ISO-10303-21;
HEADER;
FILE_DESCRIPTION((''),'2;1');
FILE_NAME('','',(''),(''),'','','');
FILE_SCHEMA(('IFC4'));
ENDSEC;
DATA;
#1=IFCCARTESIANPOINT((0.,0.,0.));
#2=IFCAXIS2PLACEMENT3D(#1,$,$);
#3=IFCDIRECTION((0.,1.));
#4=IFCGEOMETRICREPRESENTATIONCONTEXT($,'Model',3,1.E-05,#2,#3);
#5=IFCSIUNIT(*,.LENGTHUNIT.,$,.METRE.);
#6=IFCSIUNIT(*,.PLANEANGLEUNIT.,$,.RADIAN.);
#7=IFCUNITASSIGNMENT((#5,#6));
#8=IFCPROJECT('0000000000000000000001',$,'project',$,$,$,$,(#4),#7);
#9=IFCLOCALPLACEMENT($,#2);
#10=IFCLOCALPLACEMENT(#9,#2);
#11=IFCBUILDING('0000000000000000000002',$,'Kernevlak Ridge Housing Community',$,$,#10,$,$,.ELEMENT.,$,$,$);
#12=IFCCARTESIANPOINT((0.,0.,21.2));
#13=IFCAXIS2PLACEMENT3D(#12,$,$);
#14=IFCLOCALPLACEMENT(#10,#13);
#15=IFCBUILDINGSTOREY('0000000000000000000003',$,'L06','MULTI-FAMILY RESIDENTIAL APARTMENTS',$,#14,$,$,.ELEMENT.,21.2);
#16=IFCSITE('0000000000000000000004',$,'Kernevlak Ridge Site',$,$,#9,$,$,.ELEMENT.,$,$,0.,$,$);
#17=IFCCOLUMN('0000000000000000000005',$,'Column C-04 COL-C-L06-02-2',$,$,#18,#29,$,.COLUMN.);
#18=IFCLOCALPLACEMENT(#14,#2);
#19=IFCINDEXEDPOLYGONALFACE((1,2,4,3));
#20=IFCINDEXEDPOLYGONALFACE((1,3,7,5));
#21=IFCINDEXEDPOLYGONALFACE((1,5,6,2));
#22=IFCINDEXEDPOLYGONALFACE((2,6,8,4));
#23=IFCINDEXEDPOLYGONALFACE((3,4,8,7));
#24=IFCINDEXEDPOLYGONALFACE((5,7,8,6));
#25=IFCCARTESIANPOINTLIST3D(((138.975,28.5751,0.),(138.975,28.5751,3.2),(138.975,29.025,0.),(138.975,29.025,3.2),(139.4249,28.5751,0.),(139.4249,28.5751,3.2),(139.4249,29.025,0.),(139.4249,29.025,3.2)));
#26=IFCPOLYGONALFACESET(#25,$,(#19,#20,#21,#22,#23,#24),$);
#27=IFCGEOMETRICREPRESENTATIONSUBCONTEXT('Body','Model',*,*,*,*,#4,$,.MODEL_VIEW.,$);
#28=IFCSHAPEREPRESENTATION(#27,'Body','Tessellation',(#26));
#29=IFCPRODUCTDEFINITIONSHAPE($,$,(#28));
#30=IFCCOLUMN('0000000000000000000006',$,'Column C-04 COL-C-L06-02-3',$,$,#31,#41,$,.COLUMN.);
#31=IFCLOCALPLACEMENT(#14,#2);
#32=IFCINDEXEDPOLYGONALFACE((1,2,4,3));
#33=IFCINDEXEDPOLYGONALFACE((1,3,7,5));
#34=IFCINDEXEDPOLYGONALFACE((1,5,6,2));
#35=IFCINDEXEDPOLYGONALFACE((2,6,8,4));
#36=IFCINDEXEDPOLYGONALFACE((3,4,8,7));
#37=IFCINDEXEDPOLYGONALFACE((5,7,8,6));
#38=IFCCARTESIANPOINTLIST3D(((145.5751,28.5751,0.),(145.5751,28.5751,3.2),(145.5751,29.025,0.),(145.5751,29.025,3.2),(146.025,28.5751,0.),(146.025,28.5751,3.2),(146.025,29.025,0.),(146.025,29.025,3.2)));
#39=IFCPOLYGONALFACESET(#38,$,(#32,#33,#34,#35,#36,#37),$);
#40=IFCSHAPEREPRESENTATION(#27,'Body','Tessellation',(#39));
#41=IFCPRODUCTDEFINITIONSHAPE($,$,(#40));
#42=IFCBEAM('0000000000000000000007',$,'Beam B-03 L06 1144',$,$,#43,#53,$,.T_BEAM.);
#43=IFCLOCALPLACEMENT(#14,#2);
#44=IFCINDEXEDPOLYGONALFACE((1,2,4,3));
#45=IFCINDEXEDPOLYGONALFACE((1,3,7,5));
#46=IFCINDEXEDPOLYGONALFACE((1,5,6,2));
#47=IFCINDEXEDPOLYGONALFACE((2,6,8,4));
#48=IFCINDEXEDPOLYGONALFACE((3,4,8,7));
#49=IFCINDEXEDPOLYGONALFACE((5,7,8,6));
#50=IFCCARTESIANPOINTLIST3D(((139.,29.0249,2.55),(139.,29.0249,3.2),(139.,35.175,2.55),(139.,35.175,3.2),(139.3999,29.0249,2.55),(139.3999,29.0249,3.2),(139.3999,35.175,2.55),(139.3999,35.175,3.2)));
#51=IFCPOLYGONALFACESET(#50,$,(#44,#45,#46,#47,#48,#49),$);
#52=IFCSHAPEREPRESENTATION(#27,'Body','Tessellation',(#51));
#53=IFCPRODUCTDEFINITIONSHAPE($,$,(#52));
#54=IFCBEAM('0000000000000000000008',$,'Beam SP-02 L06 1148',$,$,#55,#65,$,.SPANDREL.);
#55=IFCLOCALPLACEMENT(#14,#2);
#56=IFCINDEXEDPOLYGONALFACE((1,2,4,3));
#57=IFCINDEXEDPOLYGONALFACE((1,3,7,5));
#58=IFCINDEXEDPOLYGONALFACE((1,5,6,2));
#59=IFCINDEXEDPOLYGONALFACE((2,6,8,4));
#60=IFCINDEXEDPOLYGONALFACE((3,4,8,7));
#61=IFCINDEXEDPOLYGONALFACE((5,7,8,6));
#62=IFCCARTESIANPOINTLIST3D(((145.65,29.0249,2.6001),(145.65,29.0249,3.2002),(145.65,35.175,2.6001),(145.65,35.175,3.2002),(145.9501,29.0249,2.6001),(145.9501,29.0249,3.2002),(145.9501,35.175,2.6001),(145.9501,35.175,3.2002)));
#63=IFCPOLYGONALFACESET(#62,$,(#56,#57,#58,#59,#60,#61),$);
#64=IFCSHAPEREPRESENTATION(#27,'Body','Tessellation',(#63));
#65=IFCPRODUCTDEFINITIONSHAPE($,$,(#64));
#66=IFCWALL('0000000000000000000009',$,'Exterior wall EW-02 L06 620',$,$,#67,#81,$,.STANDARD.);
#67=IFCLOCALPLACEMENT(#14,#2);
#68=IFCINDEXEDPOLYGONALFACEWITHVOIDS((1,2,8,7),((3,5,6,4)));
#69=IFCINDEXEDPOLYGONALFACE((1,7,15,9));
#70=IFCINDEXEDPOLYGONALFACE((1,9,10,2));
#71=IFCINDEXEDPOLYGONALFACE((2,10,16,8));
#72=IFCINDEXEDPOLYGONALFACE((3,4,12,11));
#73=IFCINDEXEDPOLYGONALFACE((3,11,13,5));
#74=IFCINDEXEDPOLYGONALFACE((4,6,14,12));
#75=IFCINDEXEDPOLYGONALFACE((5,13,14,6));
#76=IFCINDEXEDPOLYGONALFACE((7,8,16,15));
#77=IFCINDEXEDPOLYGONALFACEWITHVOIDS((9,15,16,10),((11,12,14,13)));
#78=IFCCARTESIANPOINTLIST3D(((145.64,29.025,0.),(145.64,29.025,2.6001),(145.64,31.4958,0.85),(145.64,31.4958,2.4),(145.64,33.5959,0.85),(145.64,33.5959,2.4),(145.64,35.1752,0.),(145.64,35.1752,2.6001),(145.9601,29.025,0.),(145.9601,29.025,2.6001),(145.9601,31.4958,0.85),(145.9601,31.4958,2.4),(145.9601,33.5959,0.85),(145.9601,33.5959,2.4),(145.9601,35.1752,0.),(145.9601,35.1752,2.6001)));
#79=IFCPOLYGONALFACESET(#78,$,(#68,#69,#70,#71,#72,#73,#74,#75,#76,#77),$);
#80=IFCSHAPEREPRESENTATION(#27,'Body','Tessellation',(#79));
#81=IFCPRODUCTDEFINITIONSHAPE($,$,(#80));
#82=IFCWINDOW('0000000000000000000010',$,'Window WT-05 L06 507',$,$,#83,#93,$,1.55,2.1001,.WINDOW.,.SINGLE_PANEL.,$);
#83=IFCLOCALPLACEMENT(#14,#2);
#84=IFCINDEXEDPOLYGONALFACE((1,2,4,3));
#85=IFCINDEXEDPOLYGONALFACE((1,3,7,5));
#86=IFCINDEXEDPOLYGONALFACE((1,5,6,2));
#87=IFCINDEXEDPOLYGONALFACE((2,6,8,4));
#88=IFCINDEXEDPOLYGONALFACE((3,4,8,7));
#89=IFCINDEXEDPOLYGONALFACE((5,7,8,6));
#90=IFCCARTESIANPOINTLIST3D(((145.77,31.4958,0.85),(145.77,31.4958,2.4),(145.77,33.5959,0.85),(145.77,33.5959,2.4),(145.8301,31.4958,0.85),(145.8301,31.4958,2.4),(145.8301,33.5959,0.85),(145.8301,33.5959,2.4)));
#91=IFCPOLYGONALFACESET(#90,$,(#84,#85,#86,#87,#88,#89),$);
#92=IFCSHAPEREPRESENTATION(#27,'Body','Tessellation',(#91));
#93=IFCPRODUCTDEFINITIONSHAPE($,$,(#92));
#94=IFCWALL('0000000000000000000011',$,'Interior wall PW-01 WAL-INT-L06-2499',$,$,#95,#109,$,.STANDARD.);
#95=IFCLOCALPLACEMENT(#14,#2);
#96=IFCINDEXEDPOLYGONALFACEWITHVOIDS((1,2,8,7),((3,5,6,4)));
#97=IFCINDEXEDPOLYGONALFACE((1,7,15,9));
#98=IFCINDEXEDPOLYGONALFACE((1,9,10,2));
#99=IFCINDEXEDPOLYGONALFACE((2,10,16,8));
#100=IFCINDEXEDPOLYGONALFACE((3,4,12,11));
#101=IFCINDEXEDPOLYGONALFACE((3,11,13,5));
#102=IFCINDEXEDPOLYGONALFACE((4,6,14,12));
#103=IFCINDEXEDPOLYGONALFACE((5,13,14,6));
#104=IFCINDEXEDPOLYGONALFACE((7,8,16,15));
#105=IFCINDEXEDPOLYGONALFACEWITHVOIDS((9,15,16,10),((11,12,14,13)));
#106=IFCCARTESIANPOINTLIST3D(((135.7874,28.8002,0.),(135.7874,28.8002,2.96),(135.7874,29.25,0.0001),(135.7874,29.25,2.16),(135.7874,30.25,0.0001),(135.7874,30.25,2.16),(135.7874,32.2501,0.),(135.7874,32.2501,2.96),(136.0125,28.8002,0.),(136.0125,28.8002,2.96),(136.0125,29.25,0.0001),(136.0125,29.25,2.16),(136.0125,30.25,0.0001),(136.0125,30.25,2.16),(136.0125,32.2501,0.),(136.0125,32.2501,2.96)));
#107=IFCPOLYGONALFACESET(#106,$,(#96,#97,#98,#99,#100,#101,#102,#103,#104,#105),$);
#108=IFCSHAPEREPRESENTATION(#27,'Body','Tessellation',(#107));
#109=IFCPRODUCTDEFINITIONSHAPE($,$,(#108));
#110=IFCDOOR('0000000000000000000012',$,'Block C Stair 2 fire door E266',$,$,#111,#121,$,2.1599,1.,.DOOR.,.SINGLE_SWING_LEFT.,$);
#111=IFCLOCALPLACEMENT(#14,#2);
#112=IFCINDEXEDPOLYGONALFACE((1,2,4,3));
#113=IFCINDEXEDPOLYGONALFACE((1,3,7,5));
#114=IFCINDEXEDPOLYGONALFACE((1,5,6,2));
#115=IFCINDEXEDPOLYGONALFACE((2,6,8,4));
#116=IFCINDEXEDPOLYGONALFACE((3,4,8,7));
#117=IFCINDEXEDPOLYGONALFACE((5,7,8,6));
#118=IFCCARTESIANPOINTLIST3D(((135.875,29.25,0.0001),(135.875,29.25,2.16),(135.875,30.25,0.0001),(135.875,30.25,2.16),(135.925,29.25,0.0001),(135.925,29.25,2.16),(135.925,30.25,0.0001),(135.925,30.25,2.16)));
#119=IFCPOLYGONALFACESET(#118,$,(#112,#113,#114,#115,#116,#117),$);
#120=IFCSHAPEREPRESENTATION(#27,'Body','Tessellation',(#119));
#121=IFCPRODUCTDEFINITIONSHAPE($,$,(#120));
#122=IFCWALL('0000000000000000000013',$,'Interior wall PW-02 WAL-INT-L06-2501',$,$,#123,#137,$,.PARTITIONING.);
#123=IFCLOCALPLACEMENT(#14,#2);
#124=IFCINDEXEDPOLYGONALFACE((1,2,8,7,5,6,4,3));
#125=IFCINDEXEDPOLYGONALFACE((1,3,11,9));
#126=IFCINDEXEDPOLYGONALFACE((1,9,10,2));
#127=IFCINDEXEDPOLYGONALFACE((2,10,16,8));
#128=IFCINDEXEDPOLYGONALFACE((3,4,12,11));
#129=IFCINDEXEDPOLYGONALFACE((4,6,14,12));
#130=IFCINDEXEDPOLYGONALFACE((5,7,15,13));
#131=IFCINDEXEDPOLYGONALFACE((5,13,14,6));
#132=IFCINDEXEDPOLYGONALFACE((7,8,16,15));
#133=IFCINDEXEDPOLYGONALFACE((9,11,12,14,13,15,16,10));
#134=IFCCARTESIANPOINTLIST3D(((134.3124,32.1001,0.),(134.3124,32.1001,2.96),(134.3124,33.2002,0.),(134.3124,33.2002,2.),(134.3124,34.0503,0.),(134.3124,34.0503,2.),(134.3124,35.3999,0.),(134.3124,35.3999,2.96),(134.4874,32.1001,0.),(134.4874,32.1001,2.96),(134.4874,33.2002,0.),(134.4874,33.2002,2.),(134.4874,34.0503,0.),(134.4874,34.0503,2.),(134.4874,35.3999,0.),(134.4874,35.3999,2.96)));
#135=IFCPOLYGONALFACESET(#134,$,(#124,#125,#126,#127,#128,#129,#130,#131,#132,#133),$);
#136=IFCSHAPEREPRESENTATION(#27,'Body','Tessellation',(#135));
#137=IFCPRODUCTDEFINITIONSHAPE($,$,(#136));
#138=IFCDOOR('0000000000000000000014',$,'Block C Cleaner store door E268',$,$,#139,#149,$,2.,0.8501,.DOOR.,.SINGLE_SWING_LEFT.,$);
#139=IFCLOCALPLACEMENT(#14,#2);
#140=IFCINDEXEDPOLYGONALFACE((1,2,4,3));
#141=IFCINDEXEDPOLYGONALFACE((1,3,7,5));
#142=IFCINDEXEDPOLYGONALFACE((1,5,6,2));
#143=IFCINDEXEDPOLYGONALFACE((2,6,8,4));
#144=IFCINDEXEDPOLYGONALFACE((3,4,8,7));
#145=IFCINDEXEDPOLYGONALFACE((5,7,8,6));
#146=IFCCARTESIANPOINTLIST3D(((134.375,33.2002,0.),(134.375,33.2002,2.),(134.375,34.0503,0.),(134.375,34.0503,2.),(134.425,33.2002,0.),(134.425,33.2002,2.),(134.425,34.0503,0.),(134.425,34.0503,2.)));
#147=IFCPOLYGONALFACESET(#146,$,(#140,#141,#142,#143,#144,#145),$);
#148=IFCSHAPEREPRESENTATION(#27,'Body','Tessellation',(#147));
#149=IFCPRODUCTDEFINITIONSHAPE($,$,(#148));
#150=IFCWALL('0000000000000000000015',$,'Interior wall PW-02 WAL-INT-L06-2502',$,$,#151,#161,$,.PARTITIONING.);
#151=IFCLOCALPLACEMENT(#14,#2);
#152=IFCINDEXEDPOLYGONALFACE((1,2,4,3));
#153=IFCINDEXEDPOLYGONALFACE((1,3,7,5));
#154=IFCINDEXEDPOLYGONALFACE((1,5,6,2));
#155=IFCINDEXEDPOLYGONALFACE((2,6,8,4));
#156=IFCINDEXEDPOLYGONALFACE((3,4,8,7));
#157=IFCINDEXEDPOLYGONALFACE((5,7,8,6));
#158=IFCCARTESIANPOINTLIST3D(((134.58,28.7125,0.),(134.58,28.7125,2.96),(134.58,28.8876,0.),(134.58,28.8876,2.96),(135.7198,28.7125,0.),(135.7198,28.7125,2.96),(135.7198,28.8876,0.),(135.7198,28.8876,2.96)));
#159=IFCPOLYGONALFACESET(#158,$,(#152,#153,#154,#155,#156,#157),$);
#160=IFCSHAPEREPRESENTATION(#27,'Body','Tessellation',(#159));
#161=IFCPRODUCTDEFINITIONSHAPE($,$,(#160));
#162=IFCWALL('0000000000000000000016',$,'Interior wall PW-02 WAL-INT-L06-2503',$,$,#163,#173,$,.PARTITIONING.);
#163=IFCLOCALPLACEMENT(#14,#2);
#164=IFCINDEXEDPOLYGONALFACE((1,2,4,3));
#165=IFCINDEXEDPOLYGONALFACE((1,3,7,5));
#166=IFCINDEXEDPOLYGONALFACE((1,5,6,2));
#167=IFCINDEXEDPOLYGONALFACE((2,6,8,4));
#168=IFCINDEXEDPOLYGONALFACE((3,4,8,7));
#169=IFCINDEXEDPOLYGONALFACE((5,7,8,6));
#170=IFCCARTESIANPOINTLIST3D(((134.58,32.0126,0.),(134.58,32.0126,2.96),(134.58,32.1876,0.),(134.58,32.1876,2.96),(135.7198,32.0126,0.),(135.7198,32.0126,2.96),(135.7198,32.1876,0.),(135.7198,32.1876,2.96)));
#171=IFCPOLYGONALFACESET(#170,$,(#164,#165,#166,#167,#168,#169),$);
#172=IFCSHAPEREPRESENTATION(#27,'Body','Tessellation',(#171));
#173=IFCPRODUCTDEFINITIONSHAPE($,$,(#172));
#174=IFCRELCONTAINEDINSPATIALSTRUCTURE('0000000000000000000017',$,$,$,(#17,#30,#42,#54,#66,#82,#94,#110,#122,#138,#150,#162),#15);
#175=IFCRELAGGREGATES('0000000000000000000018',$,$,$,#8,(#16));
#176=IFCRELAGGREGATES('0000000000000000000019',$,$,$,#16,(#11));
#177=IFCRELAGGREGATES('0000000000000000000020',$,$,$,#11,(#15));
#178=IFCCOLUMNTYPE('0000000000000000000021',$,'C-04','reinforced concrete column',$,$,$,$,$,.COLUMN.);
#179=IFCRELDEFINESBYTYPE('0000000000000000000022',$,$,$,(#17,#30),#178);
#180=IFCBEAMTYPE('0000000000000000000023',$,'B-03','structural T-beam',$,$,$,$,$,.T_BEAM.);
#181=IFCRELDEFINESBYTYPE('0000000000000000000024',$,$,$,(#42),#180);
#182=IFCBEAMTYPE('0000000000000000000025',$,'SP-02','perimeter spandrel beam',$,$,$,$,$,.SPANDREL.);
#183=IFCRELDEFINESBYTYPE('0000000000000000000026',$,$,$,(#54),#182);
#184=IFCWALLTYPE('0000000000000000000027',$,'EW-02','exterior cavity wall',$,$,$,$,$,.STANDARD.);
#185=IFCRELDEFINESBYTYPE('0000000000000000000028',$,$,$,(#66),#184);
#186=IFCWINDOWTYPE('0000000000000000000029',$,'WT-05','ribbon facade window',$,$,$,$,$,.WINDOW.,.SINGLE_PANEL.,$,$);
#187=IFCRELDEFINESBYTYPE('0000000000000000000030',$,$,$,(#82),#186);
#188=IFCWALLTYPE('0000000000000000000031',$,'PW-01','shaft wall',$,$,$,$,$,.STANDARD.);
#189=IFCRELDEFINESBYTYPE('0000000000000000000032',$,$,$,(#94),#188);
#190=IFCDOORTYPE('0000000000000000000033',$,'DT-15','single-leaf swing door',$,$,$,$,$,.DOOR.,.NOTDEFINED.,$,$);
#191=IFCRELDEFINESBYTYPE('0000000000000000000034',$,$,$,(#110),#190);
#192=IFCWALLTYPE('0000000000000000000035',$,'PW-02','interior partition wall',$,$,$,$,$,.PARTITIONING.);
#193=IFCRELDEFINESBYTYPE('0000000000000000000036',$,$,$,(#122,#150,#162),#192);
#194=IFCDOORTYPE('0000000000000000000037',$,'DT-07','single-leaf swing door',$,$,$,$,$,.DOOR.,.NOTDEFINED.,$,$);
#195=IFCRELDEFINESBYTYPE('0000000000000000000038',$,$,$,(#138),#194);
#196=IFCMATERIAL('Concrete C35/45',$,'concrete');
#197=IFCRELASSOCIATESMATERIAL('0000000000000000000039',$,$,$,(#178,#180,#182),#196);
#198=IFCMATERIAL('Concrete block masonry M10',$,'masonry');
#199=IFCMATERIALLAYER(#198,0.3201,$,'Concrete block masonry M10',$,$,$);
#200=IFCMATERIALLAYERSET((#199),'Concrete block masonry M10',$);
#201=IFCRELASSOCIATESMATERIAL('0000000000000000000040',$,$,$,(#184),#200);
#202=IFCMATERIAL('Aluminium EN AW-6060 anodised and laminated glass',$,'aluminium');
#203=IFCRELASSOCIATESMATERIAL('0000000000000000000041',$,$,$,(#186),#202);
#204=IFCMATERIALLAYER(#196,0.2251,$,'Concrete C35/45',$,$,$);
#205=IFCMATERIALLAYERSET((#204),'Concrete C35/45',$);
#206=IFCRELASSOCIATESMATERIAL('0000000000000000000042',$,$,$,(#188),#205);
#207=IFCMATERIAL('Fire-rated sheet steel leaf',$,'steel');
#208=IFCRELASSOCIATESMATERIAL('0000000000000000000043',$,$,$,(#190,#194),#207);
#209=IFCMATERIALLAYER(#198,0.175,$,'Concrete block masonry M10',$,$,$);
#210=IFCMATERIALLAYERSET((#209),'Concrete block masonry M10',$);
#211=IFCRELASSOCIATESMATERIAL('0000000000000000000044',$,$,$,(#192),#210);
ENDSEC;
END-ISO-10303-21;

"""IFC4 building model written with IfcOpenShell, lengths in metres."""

from ifc_helpers import new_model, si_unit, direction, frame, frame_2d, origin, origin_2d, place, context, subcontext, project, spatial, rectangle, extrude, material, layer, layer_set, material_profile, profile_set, type_object, element, fill, save


model = new_model("IFC4")

# Units and contexts
model_context = context("Model", 3, precision=1e-05, world=origin(), true_north=direction((0.0, 1.0)))
body_context = subcontext(model_context, "Body", "Model", "MODEL_VIEW")
ifc_project = project(units=[si_unit("LENGTHUNIT", "METRE"), si_unit("PLANEANGLEUNIT", "RADIAN")], contexts=[model_context])

# Site, building, storey
site_placement = place(None, origin())
site = spatial("IfcSite", under=ifc_project, at=site_placement, Name="Kernevlak Ridge Site", CompositionType="ELEMENT", RefElevation=0.0)
building_placement = place(site_placement, origin())
building = spatial("IfcBuilding", under=site, at=building_placement, Name="Kernevlak Ridge Housing Community", CompositionType="ELEMENT")
storey_placement = place(building_placement, frame((0.0, 0.0, 21.2)))
storey = spatial("IfcBuildingStorey", under=building, at=storey_placement, Name="L06", Description="MULTI-FAMILY RESIDENTIAL APARTMENTS", CompositionType="ELEMENT", Elevation=21.2)

# Columns
ifc_material_1 = material(Name="Concrete C35/45", Category="concrete")
ifc_material_profile_1 = material_profile(ifc_material_1, rectangle(XDim=0.45, YDim=0.45, at=origin_2d()), Name="RC 450x450")
ifc_profile_set_1 = profile_set([ifc_material_profile_1], Name="Concrete C35/45")
column_type = type_object("IfcColumnType", Name="C-04", Description="reinforced concrete column", PredefinedType="COLUMN", material=ifc_profile_set_1)
for number, where, z_axis, x_axis, name in (
    (1, (139.2, 28.8, 0.0), (0.0, 0.0, 1.0), (1.0, 0.0, 0.0), "Column C-04 COL-C-L06-02-2"),
    (2, (145.8, 28.8, 0.0), (0.0, 0.0, 1.0), (1.0, 0.0, 0.0), "Column C-04 COL-C-L06-02-3"),
):
    element("IfcColumn", number, at=place(storey_placement, frame(where, z_axis=z_axis, x_axis=x_axis)), inside=storey, type_object=column_type, Name=name, PredefinedType="COLUMN", context=body_context, shape_type="SweptSolid", body=[
        extrude(rectangle(XDim=0.45, YDim=0.45, at=origin_2d()), origin(), (0.0, 0.0, 1.0), 3.2),
    ])

# Beams
ifc_material_profile_2 = material_profile(ifc_material_1, rectangle(XDim=0.3999, YDim=0.6499, at=origin_2d()), Name="RC 400x650")
ifc_profile_set_2 = profile_set([ifc_material_profile_2], Name="Concrete C35/45")
beam_type_1 = type_object("IfcBeamType", Name="B-03", Description="structural T-beam", PredefinedType="T_BEAM", material=ifc_profile_set_2)
beam_1_placement = place(storey_placement, frame((139.2, 29.0249, 2.875), z_axis=(0.0, 1.0, 0.0), x_axis=(-1.0, 0.0, 0.0)))
element("IfcBeam", 3, at=beam_1_placement, inside=storey, type_object=beam_type_1, Name="Beam B-03 L06 1144", PredefinedType="T_BEAM", context=body_context, shape_type="SweptSolid", body=[
    extrude(rectangle(XDim=0.3999, YDim=0.6499, at=origin_2d()), origin(), (0.0, 0.0, 1.0), 6.1501),
])
ifc_material_profile_3 = material_profile(ifc_material_1, rectangle(XDim=0.3, YDim=0.6001, at=origin_2d()), Name="RC 300x600")
ifc_profile_set_3 = profile_set([ifc_material_profile_3], Name="Concrete C35/45")
beam_type_2 = type_object("IfcBeamType", Name="SP-02", Description="perimeter spandrel beam", PredefinedType="SPANDREL", material=ifc_profile_set_3)
beam_2_placement = place(storey_placement, frame((145.8, 29.0249, 2.9001), z_axis=(0.0, 1.0, 0.0), x_axis=(-1.0, 0.0, 0.0)))
element("IfcBeam", 4, at=beam_2_placement, inside=storey, type_object=beam_type_2, Name="Beam SP-02 L06 1148", PredefinedType="SPANDREL", context=body_context, shape_type="SweptSolid", body=[
    extrude(rectangle(XDim=0.3, YDim=0.6001, at=origin_2d()), origin(), (0.0, 0.0, 1.0), 6.1501),
])

# Wall, opening, window
ifc_material_2 = material(Name="Concrete block masonry M10", Category="masonry")
ifc_layer_1 = layer(ifc_material_2, 0.3201, Name="Concrete block masonry M10")
ifc_layer_set_1 = layer_set([ifc_layer_1], Name="Concrete block masonry M10")
wall_type_1 = type_object("IfcWallType", Name="EW-02", Description="exterior cavity wall", PredefinedType="STANDARD", material=ifc_layer_set_1)
wall_1_placement = place(storey_placement, frame((145.8, 29.0249, 0.0), z_axis=(0.0, 0.0, 1.0), x_axis=(0.0, 1.0, 0.0)))
wall_1 = element("IfcWall", 5, at=wall_1_placement, inside=storey, type_object=wall_type_1, Name="Exterior wall EW-02 L06 620", PredefinedType="STANDARD", context=body_context, shape_type="SweptSolid", body=[
    extrude(rectangle(XDim=6.1501, YDim=0.3201, at=frame_2d((3.0752, 0.0))), origin(), (0.0, 0.0, 1.0), 2.6001),
])
opening_1_placement = place(wall_1_placement, frame((2.4709, 0.0, 0.8501)))
opening_1 = element("IfcOpeningElement", 6, at=opening_1_placement, cuts=wall_1, PredefinedType="OPENING", context=body_context, shape_type="SweptSolid", body=[
    extrude(rectangle(XDim=2.1001, YDim=1.55, at=frame_2d((1.05, 0.7749))), frame((0.0, 0.1699, 0.0), z_axis=(0.0, -1.0, 0.0), x_axis=(1.0, 0.0, 0.0)), (0.0, 0.0, 1.0), 0.3401),
])
ifc_material_3 = material(Name="Aluminium EN AW-6060 anodised and laminated glass", Category="aluminium")
window_type = type_object("IfcWindowType", Name="WT-05", Description="ribbon facade window", PartitioningType="SINGLE_PANEL", PredefinedType="WINDOW", material=ifc_material_3)
window_placement = place(opening_1_placement, origin())
window = element("IfcWindow", 7, at=window_placement, inside=storey, type_object=window_type, Name="Window WT-05 L06 507", OverallHeight=1.55, OverallWidth=2.1001, PartitioningType="SINGLE_PANEL", PredefinedType="WINDOW", context=body_context, shape_type="SweptSolid", body=[
    extrude(rectangle(XDim=2.1001, YDim=1.55, at=frame_2d((1.05, 0.7749))), frame((0.0, 0.03, 0.0), z_axis=(0.0, -1.0, 0.0), x_axis=(1.0, 0.0, 0.0)), (0.0, 0.0, 1.0), 0.0601),
])
fill(opening_1, window)

# Walls, openings, doors
ifc_layer_2 = layer(ifc_material_1, 0.2251, Name="Concrete C35/45")
ifc_layer_set_2 = layer_set([ifc_layer_2], Name="Concrete C35/45")
wall_type_2 = type_object("IfcWallType", Name="PW-01", Description="shaft wall", PredefinedType="STANDARD", material=ifc_layer_set_2)
wall_2_placement = place(storey_placement, frame((135.8999, 28.8, 0.0), z_axis=(0.0, 0.0, 1.0), x_axis=(0.0, 1.0, 0.0)))
wall_2 = element("IfcWall", 8, at=wall_2_placement, inside=storey, type_object=wall_type_2, Name="Interior wall PW-01 WAL-INT-L06-2499", PredefinedType="STANDARD", context=body_context, shape_type="SweptSolid", body=[
    extrude(rectangle(XDim=3.45, YDim=0.2251, at=frame_2d((1.7251, 0.0))), origin(), (0.0, 0.0, 1.0), 2.96),
])
opening_2_placement = place(wall_2_placement, frame((0.45, 0.0, 0.0)))
opening_2 = element("IfcOpeningElement", 9, at=opening_2_placement, cuts=wall_2, PredefinedType="OPENING", context=body_context, shape_type="SweptSolid", body=[
    extrude(rectangle(XDim=1.0, YDim=2.1599, at=frame_2d((0.5, 1.0801))), frame((0.0, 0.1226, 0.0), z_axis=(0.0, -1.0, 0.0), x_axis=(1.0, 0.0, 0.0)), (0.0, 0.0, 1.0), 0.2451),
])
ifc_material_4 = material(Name="Fire-rated sheet steel leaf", Category="steel")
door_type_1 = type_object("IfcDoorType", Name="DT-15", Description="single-leaf swing door", OperationType="NOTDEFINED", PredefinedType="DOOR", material=ifc_material_4)
door_1_placement = place(opening_2_placement, origin())
door_1 = element("IfcDoor", 10, at=door_1_placement, inside=storey, type_object=door_type_1, Name="Block C Stair 2 fire door E266", OperationType="SINGLE_SWING_LEFT", OverallHeight=2.1599, OverallWidth=1.0, PredefinedType="DOOR", context=body_context, shape_type="SweptSolid", body=[
    extrude(rectangle(XDim=1.0, YDim=2.1599, at=frame_2d((0.5, 1.0801))), frame((0.0, 0.0249, 0.0), z_axis=(0.0, -1.0, 0.0), x_axis=(1.0, 0.0, 0.0)), (0.0, 0.0, 1.0), 0.05),
])
fill(opening_2, door_1)
ifc_layer_3 = layer(ifc_material_2, 0.175, Name="Concrete block masonry M10")
ifc_layer_set_3 = layer_set([ifc_layer_3], Name="Concrete block masonry M10")
wall_type_3 = type_object("IfcWallType", Name="PW-02", Description="interior partition wall", PredefinedType="PARTITIONING", material=ifc_layer_set_3)
wall_3_placement = place(storey_placement, frame((134.3999, 32.1001, 0.0), z_axis=(0.0, 0.0, 1.0), x_axis=(0.0, 1.0, 0.0)))
wall_3 = element("IfcWall", 11, at=wall_3_placement, inside=storey, type_object=wall_type_3, Name="Interior wall PW-02 WAL-INT-L06-2501", PredefinedType="PARTITIONING", context=body_context, shape_type="SweptSolid", body=[
    extrude(rectangle(XDim=3.2998, YDim=0.175, at=frame_2d((1.6499, 0.0))), origin(), (0.0, 0.0, 1.0), 2.96),
])
opening_3_placement = place(wall_3_placement, frame((1.1001, 0.0, 0.0)))
opening_3 = element("IfcOpeningElement", 12, at=opening_3_placement, cuts=wall_3, PredefinedType="OPENING", context=body_context, shape_type="SweptSolid", body=[
    extrude(rectangle(XDim=0.8501, YDim=2.0, at=frame_2d((0.425, 1.0))), frame((0.0, 0.0974, 0.0), z_axis=(0.0, -1.0, 0.0), x_axis=(1.0, 0.0, 0.0)), (0.0, 0.0, 1.0), 0.1951),
])
door_type_2 = type_object("IfcDoorType", Name="DT-07", Description="single-leaf swing door", OperationType="NOTDEFINED", PredefinedType="DOOR", material=ifc_material_4)
door_2_placement = place(opening_3_placement, origin())
door_2 = element("IfcDoor", 13, at=door_2_placement, inside=storey, type_object=door_type_2, Name="Block C Cleaner store door E268", OperationType="SINGLE_SWING_LEFT", OverallHeight=2.0, OverallWidth=0.8501, PredefinedType="DOOR", context=body_context, shape_type="SweptSolid", body=[
    extrude(rectangle(XDim=0.8501, YDim=2.0, at=frame_2d((0.425, 1.0))), frame((0.0, 0.0249, 0.0), z_axis=(0.0, -1.0, 0.0), x_axis=(1.0, 0.0, 0.0)), (0.0, 0.0, 1.0), 0.05),
])
fill(opening_3, door_2)

# Walls
for number, where, z_axis, x_axis, name in (
    (14, (134.5801, 28.8, 0.0), (0.0, 0.0, 1.0), (1.0, 0.0, 0.0), "Interior wall PW-02 WAL-INT-L06-2502"),
    (15, (134.5801, 32.1001, 0.0), (0.0, 0.0, 1.0), (1.0, 0.0, 0.0), "Interior wall PW-02 WAL-INT-L06-2503"),
):
    element("IfcWall", number, at=place(storey_placement, frame(where, z_axis=z_axis, x_axis=x_axis)), inside=storey, type_object=wall_type_3, Name=name, PredefinedType="PARTITIONING", context=body_context, shape_type="SweptSolid", body=[
        extrude(rectangle(XDim=1.1399, YDim=0.175, at=frame_2d((0.5698, 0.0))), origin(), (0.0, 0.0, 1.0), 2.96),
    ])

save(model, "model.ifc")
